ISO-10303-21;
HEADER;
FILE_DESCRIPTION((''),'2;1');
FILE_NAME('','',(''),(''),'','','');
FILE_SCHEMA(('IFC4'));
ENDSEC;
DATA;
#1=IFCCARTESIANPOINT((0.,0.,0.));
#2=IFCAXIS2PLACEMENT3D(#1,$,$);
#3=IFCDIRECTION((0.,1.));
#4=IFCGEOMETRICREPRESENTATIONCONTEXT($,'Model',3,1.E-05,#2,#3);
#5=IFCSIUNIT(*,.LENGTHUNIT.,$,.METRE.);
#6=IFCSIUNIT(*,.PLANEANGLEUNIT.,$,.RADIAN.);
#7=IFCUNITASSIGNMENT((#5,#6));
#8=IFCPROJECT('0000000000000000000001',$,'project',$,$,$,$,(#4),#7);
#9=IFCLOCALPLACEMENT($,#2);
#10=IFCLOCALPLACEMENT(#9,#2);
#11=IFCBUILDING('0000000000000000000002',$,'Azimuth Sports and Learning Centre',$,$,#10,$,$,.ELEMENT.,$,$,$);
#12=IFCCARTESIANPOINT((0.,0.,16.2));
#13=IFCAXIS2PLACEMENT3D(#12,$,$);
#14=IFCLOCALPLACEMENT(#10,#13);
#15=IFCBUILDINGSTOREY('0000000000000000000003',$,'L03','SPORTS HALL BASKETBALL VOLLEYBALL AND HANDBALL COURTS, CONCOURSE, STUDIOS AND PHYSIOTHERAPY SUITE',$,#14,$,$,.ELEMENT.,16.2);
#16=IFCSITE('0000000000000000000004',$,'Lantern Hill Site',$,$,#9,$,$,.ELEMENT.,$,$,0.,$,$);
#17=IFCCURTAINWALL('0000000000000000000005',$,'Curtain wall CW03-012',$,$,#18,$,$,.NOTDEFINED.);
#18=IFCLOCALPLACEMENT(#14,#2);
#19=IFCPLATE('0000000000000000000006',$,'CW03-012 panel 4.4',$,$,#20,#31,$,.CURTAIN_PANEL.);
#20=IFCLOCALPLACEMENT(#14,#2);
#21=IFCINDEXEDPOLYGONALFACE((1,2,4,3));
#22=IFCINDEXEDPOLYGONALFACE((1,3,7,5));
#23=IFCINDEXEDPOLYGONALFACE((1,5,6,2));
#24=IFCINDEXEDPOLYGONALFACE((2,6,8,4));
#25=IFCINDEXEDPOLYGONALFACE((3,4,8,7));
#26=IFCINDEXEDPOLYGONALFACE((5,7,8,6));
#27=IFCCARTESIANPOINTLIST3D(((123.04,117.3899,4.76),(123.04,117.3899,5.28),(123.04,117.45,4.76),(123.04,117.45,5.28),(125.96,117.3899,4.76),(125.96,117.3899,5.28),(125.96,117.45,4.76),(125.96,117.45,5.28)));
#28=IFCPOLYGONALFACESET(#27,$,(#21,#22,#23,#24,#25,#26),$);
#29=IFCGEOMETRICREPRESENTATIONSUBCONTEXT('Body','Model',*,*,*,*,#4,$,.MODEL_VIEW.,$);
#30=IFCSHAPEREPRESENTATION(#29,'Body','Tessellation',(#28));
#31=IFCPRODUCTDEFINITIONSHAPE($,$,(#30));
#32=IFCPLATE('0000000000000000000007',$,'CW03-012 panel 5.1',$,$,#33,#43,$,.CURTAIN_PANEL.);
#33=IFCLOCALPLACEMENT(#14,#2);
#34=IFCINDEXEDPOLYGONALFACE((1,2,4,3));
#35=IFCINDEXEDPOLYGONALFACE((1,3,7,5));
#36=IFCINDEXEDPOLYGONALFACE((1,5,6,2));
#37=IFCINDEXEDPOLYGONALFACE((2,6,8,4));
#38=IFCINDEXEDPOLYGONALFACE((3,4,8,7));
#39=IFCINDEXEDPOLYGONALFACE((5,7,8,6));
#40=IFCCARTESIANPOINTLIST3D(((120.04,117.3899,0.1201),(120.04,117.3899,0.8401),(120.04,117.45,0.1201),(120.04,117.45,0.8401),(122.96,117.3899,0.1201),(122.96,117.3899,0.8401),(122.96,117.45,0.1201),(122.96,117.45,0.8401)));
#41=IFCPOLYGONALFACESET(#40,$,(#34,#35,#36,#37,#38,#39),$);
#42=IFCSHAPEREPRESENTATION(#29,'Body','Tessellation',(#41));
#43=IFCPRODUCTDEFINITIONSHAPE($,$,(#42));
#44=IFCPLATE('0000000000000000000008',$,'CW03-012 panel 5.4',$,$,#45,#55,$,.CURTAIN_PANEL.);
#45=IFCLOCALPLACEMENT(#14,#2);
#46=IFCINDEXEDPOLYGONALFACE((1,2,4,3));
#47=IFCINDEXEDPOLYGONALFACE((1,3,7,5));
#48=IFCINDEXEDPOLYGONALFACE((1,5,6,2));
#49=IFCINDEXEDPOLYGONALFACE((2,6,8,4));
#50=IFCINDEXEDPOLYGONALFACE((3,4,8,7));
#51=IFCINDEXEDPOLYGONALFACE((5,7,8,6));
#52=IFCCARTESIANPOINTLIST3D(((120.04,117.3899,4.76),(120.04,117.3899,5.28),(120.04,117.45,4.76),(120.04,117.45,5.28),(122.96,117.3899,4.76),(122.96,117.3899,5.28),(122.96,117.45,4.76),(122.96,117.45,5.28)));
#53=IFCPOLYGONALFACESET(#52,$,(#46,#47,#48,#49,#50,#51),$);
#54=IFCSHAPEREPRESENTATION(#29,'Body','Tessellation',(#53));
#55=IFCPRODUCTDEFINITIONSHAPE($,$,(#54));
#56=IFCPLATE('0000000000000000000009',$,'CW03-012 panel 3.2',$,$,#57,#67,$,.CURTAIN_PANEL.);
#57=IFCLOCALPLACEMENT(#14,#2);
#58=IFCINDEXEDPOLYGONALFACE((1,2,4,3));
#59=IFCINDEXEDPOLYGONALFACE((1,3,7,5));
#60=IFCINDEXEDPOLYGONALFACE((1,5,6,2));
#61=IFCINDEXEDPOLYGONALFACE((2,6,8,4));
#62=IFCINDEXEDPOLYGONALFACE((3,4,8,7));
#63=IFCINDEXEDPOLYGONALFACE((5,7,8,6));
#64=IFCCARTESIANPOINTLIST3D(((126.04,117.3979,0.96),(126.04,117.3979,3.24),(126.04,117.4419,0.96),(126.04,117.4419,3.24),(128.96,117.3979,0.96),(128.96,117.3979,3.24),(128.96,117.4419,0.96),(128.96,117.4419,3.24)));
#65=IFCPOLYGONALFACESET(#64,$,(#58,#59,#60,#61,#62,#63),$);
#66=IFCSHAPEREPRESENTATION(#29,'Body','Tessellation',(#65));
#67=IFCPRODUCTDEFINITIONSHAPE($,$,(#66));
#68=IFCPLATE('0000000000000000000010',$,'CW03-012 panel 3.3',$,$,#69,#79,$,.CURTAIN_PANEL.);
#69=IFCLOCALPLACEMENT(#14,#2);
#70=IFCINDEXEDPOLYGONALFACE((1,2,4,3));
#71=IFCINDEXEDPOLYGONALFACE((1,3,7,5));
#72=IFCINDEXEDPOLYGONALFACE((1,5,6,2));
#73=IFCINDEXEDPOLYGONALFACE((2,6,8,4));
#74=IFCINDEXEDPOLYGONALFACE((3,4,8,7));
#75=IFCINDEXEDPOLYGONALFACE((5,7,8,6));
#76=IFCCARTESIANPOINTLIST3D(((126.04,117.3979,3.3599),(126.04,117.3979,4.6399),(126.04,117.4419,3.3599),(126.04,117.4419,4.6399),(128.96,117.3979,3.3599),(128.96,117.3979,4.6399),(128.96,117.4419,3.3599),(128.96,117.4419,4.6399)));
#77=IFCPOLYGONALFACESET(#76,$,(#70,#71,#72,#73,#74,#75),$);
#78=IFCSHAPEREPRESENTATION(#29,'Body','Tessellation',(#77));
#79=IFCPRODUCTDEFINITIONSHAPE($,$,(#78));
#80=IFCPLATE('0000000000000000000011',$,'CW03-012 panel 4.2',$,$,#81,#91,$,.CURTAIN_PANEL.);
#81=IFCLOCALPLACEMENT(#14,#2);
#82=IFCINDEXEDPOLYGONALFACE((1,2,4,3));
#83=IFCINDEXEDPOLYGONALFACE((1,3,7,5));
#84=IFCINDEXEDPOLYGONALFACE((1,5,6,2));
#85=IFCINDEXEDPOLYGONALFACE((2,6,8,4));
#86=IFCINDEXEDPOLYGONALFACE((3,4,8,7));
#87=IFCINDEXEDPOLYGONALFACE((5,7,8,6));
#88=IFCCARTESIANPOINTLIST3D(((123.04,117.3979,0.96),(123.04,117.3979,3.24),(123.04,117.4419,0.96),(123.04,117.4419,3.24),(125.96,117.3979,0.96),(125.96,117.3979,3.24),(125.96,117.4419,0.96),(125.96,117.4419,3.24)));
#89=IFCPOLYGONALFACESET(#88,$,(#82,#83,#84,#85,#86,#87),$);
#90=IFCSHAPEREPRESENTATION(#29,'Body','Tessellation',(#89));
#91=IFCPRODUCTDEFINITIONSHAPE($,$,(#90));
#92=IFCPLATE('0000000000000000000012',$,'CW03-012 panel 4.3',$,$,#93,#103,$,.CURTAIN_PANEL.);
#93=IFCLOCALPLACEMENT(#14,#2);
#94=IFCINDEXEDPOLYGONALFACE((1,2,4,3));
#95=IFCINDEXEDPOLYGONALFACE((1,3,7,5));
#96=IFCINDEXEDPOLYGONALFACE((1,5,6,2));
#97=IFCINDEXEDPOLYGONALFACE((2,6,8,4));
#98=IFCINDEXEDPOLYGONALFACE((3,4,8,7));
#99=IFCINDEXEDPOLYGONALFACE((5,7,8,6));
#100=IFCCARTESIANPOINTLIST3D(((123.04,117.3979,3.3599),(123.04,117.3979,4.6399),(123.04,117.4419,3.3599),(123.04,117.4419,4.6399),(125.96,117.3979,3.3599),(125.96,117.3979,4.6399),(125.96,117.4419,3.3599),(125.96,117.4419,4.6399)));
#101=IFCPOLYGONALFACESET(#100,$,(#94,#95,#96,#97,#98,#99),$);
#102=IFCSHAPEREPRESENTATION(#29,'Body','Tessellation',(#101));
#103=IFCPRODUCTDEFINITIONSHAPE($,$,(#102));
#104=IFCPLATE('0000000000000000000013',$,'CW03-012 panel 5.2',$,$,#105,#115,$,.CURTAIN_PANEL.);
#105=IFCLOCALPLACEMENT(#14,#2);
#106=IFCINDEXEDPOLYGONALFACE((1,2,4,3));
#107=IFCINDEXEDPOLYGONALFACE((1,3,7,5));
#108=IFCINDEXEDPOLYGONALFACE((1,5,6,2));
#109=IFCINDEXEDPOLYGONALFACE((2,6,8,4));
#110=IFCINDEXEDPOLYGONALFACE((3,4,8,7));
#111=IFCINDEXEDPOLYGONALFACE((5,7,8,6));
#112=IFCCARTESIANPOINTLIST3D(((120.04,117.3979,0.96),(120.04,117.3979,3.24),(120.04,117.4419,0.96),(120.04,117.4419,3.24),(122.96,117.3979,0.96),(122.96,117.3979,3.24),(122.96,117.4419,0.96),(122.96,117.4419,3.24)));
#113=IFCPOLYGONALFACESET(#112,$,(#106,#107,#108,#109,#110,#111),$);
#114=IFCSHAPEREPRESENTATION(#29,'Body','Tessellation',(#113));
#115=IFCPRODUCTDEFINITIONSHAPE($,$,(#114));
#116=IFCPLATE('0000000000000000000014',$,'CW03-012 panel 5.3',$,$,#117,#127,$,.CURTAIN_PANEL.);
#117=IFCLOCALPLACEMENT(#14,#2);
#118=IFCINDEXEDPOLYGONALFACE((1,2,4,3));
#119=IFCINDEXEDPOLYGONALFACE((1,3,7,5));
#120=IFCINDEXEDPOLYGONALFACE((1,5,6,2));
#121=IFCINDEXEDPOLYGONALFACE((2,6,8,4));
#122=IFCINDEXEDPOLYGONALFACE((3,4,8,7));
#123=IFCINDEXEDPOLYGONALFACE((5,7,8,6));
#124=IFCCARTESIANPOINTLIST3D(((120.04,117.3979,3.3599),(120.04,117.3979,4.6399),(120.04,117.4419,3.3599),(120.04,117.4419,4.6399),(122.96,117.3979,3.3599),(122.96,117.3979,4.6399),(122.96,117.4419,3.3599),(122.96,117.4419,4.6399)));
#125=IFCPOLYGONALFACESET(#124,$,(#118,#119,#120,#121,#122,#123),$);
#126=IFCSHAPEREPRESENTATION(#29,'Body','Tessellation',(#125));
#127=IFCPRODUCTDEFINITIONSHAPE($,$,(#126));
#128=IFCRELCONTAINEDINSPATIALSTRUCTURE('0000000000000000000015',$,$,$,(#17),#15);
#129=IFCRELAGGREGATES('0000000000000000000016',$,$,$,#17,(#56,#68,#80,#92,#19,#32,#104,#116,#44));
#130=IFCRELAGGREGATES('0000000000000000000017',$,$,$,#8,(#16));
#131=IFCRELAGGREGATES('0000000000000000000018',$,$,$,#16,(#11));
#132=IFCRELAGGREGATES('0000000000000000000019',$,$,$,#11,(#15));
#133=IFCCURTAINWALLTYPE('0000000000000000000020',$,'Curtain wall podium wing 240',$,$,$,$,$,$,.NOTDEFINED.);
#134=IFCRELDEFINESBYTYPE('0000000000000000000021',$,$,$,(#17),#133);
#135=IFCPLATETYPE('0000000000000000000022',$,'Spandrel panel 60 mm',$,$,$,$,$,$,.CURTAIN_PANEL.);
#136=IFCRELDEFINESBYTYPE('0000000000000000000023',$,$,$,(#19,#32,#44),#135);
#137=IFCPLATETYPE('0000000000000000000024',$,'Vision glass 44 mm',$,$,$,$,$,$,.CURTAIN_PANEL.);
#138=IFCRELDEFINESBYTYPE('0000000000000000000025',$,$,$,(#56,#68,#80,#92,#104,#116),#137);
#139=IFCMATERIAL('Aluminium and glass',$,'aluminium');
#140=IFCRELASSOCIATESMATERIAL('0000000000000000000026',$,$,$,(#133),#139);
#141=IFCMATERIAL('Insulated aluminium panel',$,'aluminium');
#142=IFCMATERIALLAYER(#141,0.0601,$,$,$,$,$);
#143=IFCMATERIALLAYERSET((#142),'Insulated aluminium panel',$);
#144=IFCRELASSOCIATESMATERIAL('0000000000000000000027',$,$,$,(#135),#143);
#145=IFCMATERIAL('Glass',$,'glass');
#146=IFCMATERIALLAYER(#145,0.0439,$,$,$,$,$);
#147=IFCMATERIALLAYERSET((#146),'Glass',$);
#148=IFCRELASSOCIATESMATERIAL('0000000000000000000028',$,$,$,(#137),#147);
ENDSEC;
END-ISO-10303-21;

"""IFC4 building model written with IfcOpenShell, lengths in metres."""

from ifc_helpers import new_model, si_unit, direction, frame, origin, origin_2d, place, context, subcontext, project, spatial, rectangle, extrude, material, layer, layer_set, type_object, element, aggregate, save


model = new_model("IFC4")

# Units and contexts
model_context = context("Model", 3, precision=1e-05, world=origin(), true_north=direction((0.0, 1.0)))
body_context = subcontext(model_context, "Body", "Model", "MODEL_VIEW")
ifc_project = project(units=[si_unit("LENGTHUNIT", "METRE"), si_unit("PLANEANGLEUNIT", "RADIAN")], contexts=[model_context])

# Site, building, storey
site_placement = place(None, origin())
site = spatial("IfcSite", under=ifc_project, at=site_placement, Name="Lantern Hill Site", CompositionType="ELEMENT", RefElevation=0.0)
building_placement = place(site_placement, origin())
building = spatial("IfcBuilding", under=site, at=building_placement, Name="Azimuth Sports and Learning Centre", CompositionType="ELEMENT")
storey_placement = place(building_placement, frame((0.0, 0.0, 16.2)))
storey = spatial("IfcBuildingStorey", under=building, at=storey_placement, Name="L03", Description="SPORTS HALL BASKETBALL VOLLEYBALL AND HANDBALL COURTS, CONCOURSE, STUDIOS AND PHYSIOTHERAPY SUITE", CompositionType="ELEMENT", Elevation=16.2)

# Curtain wall, plates
ifc_material_1 = material(Name="Aluminium and glass", Category="aluminium")
curtain_wall_type = type_object("IfcCurtainWallType", Name="Curtain wall podium wing 240", PredefinedType="NOTDEFINED", material=ifc_material_1)
curtain_wall_placement = place(storey_placement, origin())
curtain_wall = element("IfcCurtainWall", 1, at=curtain_wall_placement, inside=storey, type_object=curtain_wall_type, Name="Curtain wall CW03-012", PredefinedType="NOTDEFINED")
ifc_material_2 = material(Name="Insulated aluminium panel", Category="aluminium")
ifc_layer_1 = layer(ifc_material_2, 0.0601)
ifc_layer_set_1 = layer_set([ifc_layer_1], Name="Insulated aluminium panel")
plate_type_1 = type_object("IfcPlateType", Name="Spandrel panel 60 mm", PredefinedType="CURTAIN_PANEL", material=ifc_layer_set_1)
plate_1_placement = place(storey_placement, frame((124.5, 117.4199, 4.76), z_axis=(0.0, 0.0, 1.0), x_axis=(-1.0, 0.0, 0.0)))
plate_1 = element("IfcPlate", 2, at=plate_1_placement, type_object=plate_type_1, Name="CW03-012 panel 4.4", PredefinedType="CURTAIN_PANEL", context=body_context, shape_type="SweptSolid", body=[
    extrude(rectangle(XDim=2.9199, YDim=0.0601, at=origin_2d()), origin(), (0.0, 0.0, 1.0), 0.52),
])
plate_2_placement = place(storey_placement, frame((121.5, 117.4199, 0.1201), z_axis=(0.0, 0.0, 1.0), x_axis=(-1.0, 0.0, 0.0)))
plate_2 = element("IfcPlate", 3, at=plate_2_placement, type_object=plate_type_1, Name="CW03-012 panel 5.1", PredefinedType="CURTAIN_PANEL", context=body_context, shape_type="SweptSolid", body=[
    extrude(rectangle(XDim=2.9199, YDim=0.0601, at=origin_2d()), origin(), (0.0, 0.0, 1.0), 0.72),
])
plate_3_placement = place(storey_placement, frame((121.5, 117.4199, 4.76), z_axis=(0.0, 0.0, 1.0), x_axis=(-1.0, 0.0, 0.0)))
plate_3 = element("IfcPlate", 4, at=plate_3_placement, type_object=plate_type_1, Name="CW03-012 panel 5.4", PredefinedType="CURTAIN_PANEL", context=body_context, shape_type="SweptSolid", body=[
    extrude(rectangle(XDim=2.9199, YDim=0.0601, at=origin_2d()), origin(), (0.0, 0.0, 1.0), 0.52),
])
ifc_material_3 = material(Name="Glass", Category="glass")
ifc_layer_2 = layer(ifc_material_3, 0.0439)
ifc_layer_set_2 = layer_set([ifc_layer_2], Name="Glass")
plate_type_2 = type_object("IfcPlateType", Name="Vision glass 44 mm", PredefinedType="CURTAIN_PANEL", material=ifc_layer_set_2)
plate_4_placement = place(storey_placement, frame((127.5, 117.4199, 0.96), z_axis=(0.0, 0.0, 1.0), x_axis=(-1.0, 0.0, 0.0)))
plate_4 = element("IfcPlate", 5, at=plate_4_placement, type_object=plate_type_2, Name="CW03-012 panel 3.2", PredefinedType="CURTAIN_PANEL", context=body_context, shape_type="SweptSolid", body=[
    extrude(rectangle(XDim=2.9199, YDim=0.0439, at=origin_2d()), origin(), (0.0, 0.0, 1.0), 2.28),
])
plate_5_placement = place(storey_placement, frame((127.5, 117.4199, 3.3599), z_axis=(0.0, 0.0, 1.0), x_axis=(-1.0, 0.0, 0.0)))
plate_5 = element("IfcPlate", 6, at=plate_5_placement, type_object=plate_type_2, Name="CW03-012 panel 3.3", PredefinedType="CURTAIN_PANEL", context=body_context, shape_type="SweptSolid", body=[
    extrude(rectangle(XDim=2.9199, YDim=0.0439, at=origin_2d()), origin(), (0.0, 0.0, 1.0), 1.28),
])
plate_6_placement = place(storey_placement, frame((124.5, 117.4199, 0.96), z_axis=(0.0, 0.0, 1.0), x_axis=(-1.0, 0.0, 0.0)))
plate_6 = element("IfcPlate", 7, at=plate_6_placement, type_object=plate_type_2, Name="CW03-012 panel 4.2", PredefinedType="CURTAIN_PANEL", context=body_context, shape_type="SweptSolid", body=[
    extrude(rectangle(XDim=2.9199, YDim=0.0439, at=origin_2d()), origin(), (0.0, 0.0, 1.0), 2.28),
])
plate_7_placement = place(storey_placement, frame((124.5, 117.4199, 3.3599), z_axis=(0.0, 0.0, 1.0), x_axis=(-1.0, 0.0, 0.0)))
plate_7 = element("IfcPlate", 8, at=plate_7_placement, type_object=plate_type_2, Name="CW03-012 panel 4.3", PredefinedType="CURTAIN_PANEL", context=body_context, shape_type="SweptSolid", body=[
    extrude(rectangle(XDim=2.9199, YDim=0.0439, at=origin_2d()), origin(), (0.0, 0.0, 1.0), 1.28),
])
plate_8_placement = place(storey_placement, frame((121.5, 117.4199, 0.96), z_axis=(0.0, 0.0, 1.0), x_axis=(-1.0, 0.0, 0.0)))
plate_8 = element("IfcPlate", 9, at=plate_8_placement, type_object=plate_type_2, Name="CW03-012 panel 5.2", PredefinedType="CURTAIN_PANEL", context=body_context, shape_type="SweptSolid", body=[
    extrude(rectangle(XDim=2.9199, YDim=0.0439, at=origin_2d()), origin(), (0.0, 0.0, 1.0), 2.28),
])
plate_9_placement = place(storey_placement, frame((121.5, 117.4199, 3.3599), z_axis=(0.0, 0.0, 1.0), x_axis=(-1.0, 0.0, 0.0)))
plate_9 = element("IfcPlate", 10, at=plate_9_placement, type_object=plate_type_2, Name="CW03-012 panel 5.3", PredefinedType="CURTAIN_PANEL", context=body_context, shape_type="SweptSolid", body=[
    extrude(rectangle(XDim=2.9199, YDim=0.0439, at=origin_2d()), origin(), (0.0, 0.0, 1.0), 1.28),
])
aggregate(curtain_wall, [plate_4, plate_5, plate_6, plate_7, plate_1, plate_2, plate_8, plate_9, plate_3])

save(model, "model.ifc")
